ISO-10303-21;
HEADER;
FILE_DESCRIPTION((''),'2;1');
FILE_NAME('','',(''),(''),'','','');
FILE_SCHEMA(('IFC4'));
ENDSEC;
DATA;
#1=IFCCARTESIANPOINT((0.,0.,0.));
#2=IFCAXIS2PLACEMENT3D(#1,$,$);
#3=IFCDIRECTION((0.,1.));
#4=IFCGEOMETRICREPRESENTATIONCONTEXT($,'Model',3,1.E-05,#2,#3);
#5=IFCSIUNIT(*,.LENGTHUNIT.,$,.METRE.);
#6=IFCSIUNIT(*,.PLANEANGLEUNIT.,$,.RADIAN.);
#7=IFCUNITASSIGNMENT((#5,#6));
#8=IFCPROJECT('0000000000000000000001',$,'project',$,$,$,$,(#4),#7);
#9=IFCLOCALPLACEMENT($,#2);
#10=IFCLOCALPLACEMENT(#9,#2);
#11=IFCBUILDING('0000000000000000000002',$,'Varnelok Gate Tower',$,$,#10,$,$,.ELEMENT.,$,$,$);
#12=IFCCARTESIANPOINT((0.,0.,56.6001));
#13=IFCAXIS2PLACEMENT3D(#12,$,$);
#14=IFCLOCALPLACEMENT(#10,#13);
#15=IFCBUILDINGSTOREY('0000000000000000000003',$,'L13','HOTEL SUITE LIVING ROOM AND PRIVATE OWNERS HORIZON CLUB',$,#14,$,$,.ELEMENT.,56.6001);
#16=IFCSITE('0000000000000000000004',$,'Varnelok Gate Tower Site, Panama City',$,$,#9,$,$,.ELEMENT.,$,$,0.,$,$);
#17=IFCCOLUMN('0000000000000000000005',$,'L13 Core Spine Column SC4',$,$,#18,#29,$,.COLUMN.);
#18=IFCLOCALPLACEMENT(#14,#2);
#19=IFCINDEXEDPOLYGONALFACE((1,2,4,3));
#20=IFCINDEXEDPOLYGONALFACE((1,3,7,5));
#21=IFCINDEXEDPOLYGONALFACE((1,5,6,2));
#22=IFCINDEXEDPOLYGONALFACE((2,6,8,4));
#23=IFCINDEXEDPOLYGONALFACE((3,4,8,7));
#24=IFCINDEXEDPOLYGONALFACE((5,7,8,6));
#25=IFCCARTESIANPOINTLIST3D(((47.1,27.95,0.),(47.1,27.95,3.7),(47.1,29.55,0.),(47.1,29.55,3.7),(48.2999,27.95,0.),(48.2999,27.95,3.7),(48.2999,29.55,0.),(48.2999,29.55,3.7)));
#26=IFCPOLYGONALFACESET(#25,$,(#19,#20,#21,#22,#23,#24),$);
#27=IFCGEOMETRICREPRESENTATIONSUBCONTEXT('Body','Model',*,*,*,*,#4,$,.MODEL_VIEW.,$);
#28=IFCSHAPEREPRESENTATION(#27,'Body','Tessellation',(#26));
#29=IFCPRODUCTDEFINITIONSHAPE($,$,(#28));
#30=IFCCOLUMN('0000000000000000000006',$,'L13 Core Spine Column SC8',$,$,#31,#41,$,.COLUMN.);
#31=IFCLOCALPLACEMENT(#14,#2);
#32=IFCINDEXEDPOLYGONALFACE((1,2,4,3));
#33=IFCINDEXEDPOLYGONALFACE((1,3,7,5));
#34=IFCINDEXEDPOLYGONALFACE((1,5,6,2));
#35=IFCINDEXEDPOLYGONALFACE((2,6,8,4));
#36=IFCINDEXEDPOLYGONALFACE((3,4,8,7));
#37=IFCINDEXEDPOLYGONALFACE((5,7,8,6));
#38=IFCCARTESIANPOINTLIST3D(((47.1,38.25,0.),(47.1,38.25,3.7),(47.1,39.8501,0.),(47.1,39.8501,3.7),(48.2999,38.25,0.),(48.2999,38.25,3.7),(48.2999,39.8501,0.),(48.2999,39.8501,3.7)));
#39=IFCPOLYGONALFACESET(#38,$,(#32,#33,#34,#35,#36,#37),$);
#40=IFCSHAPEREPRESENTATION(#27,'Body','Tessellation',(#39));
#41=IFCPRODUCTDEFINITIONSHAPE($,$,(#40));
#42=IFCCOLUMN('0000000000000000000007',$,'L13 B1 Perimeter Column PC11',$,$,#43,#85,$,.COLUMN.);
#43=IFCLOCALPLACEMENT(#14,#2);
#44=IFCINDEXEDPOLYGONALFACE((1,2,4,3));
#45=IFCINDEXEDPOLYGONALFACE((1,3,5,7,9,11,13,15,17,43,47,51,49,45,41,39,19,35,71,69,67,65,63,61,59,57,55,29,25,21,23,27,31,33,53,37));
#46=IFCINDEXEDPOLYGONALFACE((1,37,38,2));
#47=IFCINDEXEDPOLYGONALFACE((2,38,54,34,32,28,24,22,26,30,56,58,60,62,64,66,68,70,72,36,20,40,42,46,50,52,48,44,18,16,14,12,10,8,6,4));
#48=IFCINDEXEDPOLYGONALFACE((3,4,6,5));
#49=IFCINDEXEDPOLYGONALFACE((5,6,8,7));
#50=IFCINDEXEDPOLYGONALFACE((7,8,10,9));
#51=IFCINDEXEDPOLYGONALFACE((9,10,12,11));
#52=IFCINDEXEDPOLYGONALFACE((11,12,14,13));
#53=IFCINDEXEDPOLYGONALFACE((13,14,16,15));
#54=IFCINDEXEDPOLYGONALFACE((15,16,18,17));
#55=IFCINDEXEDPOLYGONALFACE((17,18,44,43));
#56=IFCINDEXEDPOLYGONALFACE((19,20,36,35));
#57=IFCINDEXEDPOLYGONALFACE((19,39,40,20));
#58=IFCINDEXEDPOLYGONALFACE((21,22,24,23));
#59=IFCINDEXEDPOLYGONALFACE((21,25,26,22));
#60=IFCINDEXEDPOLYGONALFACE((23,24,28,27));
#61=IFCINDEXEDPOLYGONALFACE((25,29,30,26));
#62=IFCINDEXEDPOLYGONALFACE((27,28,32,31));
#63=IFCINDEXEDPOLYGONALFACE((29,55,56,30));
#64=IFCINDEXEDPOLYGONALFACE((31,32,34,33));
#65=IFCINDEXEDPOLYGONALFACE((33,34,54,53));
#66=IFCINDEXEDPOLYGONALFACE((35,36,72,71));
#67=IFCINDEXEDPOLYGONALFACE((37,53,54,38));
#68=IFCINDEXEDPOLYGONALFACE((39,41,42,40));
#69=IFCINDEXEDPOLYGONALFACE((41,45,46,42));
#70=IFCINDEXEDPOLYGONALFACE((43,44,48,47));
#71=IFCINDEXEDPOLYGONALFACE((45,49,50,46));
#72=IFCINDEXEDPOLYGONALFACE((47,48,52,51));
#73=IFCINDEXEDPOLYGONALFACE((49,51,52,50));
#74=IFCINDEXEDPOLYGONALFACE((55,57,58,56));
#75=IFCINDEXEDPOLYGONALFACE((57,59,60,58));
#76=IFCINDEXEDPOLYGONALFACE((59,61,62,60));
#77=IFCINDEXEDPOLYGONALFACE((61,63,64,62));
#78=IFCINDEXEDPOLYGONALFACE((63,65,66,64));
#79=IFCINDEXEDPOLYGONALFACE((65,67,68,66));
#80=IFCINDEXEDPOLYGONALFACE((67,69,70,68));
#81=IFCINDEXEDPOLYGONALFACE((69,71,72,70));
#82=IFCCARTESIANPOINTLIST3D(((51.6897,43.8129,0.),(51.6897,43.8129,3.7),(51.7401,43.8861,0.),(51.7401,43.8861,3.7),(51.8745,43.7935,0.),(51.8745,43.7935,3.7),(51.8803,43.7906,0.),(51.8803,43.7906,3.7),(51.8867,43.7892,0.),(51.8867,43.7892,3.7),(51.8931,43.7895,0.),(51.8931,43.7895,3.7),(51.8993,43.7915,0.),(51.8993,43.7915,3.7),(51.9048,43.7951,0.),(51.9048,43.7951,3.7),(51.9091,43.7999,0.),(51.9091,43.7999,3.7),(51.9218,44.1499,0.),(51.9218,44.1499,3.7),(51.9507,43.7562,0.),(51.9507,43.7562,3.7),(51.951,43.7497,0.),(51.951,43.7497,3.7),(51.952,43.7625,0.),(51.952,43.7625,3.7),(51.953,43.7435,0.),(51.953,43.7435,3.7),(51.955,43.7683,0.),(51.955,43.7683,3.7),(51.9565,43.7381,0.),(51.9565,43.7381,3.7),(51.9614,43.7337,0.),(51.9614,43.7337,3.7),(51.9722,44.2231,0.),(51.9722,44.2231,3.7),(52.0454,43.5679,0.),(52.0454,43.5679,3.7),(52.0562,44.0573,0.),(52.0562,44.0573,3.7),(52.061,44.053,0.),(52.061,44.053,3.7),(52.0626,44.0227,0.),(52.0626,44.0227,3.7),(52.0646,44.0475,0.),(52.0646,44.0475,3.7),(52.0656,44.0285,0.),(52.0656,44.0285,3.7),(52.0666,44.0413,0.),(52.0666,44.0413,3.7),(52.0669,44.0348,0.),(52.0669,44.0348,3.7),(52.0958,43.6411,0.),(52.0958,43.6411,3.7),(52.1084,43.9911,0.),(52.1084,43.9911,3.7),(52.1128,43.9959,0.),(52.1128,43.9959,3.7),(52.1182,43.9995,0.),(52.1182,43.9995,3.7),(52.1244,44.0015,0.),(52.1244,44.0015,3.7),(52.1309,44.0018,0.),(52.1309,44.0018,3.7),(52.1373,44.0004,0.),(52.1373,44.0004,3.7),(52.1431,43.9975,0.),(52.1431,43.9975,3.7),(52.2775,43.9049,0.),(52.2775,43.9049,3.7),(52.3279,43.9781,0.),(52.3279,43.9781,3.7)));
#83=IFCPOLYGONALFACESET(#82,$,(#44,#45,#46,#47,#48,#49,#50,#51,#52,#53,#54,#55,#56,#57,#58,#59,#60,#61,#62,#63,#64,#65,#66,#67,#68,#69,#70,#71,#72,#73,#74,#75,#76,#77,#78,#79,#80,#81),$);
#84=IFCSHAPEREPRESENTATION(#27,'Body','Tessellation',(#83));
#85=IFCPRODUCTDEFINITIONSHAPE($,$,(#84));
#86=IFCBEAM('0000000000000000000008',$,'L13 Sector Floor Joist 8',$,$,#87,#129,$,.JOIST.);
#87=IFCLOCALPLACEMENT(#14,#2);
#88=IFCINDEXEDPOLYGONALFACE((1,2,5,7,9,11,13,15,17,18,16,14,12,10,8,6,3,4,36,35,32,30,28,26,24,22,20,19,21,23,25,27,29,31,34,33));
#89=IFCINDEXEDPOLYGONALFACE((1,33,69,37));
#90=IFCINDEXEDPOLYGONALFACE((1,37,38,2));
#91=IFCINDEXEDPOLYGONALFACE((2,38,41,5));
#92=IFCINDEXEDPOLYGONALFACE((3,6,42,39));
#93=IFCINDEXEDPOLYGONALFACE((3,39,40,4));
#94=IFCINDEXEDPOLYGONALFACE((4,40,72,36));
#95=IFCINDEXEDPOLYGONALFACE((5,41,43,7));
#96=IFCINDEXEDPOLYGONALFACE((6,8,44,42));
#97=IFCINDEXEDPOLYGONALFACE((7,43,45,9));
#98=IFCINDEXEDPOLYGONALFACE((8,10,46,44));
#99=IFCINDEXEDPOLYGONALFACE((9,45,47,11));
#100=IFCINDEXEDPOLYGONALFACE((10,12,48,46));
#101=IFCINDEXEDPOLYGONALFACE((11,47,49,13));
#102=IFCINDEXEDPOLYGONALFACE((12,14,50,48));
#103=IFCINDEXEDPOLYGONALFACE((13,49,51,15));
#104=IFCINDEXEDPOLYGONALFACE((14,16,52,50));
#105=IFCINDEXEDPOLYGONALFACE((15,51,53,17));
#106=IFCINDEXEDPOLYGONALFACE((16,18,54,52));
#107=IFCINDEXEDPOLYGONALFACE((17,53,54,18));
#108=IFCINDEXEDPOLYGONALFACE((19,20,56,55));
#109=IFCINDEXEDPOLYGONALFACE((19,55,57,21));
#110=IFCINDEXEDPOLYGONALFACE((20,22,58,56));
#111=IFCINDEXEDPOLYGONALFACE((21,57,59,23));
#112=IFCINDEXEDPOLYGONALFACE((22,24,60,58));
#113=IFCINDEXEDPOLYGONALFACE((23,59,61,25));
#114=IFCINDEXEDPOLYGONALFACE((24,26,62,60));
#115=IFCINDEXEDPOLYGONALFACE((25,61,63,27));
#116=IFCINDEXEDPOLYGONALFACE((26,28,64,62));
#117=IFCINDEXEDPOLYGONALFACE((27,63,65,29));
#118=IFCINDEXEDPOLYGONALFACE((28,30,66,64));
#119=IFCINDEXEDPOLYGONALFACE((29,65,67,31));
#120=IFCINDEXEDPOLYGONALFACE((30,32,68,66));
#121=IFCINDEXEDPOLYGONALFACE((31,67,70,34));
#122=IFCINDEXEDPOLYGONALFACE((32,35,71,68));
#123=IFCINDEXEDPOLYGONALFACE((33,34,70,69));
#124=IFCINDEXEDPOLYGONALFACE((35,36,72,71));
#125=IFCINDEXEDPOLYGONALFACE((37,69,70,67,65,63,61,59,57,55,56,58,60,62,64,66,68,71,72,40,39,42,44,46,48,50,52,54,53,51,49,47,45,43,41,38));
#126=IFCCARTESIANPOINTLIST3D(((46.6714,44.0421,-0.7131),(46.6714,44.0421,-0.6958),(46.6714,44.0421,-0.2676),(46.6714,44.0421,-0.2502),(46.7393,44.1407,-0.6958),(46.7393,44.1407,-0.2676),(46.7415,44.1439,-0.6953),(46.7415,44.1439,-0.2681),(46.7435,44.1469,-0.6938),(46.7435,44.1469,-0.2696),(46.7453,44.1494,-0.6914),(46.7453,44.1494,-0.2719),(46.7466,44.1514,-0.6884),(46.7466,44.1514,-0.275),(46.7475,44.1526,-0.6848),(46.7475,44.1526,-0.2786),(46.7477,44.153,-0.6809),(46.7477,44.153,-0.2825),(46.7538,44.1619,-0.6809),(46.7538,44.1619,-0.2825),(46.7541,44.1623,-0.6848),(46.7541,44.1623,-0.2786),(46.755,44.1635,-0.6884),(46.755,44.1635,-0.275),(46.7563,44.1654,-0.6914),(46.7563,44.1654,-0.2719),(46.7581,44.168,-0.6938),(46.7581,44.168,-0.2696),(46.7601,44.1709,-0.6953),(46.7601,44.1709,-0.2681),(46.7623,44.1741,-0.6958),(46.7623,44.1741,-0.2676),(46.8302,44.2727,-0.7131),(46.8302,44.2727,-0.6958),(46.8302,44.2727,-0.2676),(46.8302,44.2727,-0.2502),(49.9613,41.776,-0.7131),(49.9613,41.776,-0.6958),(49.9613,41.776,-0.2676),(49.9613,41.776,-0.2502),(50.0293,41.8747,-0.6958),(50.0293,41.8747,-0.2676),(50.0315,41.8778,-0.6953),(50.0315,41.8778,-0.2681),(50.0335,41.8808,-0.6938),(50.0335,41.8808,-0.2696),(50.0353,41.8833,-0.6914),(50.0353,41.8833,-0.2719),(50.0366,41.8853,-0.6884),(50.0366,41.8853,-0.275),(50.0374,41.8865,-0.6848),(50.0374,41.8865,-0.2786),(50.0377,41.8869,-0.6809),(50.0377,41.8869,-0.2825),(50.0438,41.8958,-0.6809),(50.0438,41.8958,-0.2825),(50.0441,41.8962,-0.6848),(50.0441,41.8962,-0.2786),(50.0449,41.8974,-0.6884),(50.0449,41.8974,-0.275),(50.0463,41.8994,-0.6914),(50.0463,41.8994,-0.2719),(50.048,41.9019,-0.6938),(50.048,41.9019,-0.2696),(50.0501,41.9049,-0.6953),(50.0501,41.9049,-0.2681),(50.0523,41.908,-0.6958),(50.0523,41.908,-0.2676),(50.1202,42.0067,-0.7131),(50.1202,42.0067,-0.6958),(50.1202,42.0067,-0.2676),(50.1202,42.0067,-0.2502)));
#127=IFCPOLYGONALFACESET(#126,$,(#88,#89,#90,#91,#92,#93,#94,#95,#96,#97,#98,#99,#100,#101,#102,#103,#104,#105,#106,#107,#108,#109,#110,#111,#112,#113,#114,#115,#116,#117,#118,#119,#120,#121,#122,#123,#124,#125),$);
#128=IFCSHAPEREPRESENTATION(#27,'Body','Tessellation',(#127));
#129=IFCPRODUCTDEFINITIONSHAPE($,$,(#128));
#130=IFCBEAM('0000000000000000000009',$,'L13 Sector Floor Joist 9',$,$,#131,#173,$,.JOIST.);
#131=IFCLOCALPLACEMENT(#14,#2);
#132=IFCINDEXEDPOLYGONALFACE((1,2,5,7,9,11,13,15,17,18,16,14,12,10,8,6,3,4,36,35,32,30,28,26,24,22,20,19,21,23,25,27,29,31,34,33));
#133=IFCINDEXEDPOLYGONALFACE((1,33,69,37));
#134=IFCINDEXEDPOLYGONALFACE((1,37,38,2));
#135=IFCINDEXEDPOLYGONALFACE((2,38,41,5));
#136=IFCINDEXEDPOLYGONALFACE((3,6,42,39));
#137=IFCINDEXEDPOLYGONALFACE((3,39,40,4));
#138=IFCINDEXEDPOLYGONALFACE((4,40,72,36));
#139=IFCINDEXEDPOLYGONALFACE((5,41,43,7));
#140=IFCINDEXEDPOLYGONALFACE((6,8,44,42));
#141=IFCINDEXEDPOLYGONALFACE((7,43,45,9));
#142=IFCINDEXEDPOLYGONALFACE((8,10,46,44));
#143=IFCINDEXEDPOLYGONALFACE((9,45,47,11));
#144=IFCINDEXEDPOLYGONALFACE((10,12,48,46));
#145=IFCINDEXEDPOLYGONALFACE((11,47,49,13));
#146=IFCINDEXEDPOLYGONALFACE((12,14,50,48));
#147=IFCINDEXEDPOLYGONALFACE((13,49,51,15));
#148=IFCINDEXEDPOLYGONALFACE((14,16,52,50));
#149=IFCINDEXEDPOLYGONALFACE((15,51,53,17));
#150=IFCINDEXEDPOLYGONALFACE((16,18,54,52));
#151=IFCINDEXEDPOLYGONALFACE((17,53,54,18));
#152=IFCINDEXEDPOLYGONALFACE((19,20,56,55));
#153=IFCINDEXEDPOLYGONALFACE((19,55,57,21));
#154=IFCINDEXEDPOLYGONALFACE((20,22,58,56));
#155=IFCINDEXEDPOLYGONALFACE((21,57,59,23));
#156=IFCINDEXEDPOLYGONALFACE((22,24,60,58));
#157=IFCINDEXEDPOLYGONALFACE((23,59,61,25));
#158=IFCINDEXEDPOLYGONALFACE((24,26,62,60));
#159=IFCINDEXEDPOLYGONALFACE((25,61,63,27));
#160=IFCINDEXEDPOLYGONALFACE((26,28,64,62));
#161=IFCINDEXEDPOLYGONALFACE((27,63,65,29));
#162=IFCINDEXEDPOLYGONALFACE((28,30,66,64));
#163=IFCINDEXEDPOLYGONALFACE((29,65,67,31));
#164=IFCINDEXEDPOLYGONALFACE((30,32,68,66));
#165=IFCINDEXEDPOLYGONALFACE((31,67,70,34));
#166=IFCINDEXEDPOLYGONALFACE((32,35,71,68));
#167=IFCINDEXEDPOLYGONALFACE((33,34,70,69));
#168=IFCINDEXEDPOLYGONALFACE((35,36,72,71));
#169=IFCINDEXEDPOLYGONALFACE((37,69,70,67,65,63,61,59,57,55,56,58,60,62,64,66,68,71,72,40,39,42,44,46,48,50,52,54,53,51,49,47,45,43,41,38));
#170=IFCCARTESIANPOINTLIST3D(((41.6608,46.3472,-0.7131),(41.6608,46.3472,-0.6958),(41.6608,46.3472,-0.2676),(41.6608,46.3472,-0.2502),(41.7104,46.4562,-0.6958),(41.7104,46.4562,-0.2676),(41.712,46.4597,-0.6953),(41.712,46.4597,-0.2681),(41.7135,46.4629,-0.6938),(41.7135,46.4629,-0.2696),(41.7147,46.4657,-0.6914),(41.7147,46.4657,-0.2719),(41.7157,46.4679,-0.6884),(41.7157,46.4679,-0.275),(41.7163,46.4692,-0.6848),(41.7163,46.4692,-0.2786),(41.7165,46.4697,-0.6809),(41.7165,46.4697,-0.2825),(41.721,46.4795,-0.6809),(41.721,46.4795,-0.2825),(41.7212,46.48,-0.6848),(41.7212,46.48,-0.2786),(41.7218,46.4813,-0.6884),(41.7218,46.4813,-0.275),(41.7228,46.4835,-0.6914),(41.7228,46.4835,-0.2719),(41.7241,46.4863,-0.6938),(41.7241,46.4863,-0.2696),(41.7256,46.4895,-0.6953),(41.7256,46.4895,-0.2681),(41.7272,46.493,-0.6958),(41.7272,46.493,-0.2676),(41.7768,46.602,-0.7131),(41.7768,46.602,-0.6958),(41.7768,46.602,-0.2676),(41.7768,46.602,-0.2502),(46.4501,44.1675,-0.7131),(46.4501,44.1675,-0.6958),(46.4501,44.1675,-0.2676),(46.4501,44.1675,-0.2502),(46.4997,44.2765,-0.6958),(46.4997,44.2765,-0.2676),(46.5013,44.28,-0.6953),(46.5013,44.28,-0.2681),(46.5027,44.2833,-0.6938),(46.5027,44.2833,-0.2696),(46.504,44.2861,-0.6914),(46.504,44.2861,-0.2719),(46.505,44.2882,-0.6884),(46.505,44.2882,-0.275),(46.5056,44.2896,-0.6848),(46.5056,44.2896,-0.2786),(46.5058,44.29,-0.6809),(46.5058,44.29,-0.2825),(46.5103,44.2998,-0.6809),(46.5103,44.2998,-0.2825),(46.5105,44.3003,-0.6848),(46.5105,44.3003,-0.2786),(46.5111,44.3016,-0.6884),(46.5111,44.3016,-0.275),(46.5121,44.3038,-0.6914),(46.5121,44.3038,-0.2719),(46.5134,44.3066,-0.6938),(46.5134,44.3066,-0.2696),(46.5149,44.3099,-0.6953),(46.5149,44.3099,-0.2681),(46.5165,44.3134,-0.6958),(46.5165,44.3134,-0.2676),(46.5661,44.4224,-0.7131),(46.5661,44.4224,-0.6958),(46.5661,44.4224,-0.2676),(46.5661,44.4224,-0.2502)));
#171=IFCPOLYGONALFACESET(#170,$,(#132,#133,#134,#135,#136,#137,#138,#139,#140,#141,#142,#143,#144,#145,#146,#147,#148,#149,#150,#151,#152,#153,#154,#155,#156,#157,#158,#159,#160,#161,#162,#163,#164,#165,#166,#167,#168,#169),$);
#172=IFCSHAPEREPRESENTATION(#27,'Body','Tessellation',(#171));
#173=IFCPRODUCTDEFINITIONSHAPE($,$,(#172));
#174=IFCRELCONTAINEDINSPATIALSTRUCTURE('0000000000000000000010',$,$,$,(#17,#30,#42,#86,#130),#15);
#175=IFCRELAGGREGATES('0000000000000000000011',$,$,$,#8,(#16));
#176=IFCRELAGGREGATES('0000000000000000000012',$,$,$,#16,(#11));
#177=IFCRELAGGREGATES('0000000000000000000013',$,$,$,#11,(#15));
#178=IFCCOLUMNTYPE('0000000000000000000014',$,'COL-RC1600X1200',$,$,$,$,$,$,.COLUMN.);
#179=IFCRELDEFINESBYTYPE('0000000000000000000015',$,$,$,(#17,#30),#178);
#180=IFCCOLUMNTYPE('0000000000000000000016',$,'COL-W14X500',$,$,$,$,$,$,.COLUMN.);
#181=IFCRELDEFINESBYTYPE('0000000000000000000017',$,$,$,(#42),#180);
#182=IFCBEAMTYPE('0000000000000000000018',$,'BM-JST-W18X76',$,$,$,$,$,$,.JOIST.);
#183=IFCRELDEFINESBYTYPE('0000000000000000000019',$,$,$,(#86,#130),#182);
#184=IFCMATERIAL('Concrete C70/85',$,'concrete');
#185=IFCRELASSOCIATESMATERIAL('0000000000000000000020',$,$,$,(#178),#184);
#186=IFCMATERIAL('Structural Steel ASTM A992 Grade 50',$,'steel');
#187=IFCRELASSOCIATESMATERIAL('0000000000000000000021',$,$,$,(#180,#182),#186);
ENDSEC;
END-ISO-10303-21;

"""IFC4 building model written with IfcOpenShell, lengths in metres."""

from ifc_helpers import new_model, si_unit, direction, frame, origin, origin_2d, place, context, subcontext, project, spatial, rectangle, i_section, extrude, material, material_profile, profile_set, type_object, element, save


model = new_model("IFC4")

# Units and contexts
model_context = context("Model", 3, precision=1e-05, world=origin(), true_north=direction((0.0, 1.0)))
body_context = subcontext(model_context, "Body", "Model", "MODEL_VIEW")
ifc_project = project(units=[si_unit("LENGTHUNIT", "METRE"), si_unit("PLANEANGLEUNIT", "RADIAN")], contexts=[model_context])

# Site, building, storey
site_placement = place(None, origin())
site = spatial("IfcSite", under=ifc_project, at=site_placement, Name="Varnelok Gate Tower Site, Panama City", CompositionType="ELEMENT", RefElevation=0.0)
building_placement = place(site_placement, origin())
building = spatial("IfcBuilding", under=site, at=building_placement, Name="Varnelok Gate Tower", CompositionType="ELEMENT")
storey_placement = place(building_placement, frame((0.0, 0.0, 56.6001)))
storey = spatial("IfcBuildingStorey", under=building, at=storey_placement, Name="L13", Description="HOTEL SUITE LIVING ROOM AND PRIVATE OWNERS HORIZON CLUB", CompositionType="ELEMENT", Elevation=56.6001)

# Columns
ifc_material_1 = material(Name="Concrete C70/85", Category="concrete")
ifc_material_profile_1 = material_profile(ifc_material_1, rectangle(XDim=1.2, YDim=1.6001, at=origin_2d()), Name="RC1600X1200")
ifc_profile_set_1 = profile_set([ifc_material_profile_1], Name="Concrete C70/85")
column_type_1 = type_object("IfcColumnType", Name="COL-RC1600X1200", PredefinedType="COLUMN", material=ifc_profile_set_1)
for number, where, z_axis, x_axis, name in (
    (1, (47.7, 28.75, 0.0), (0.0, 0.0, 1.0), (1.0, 0.0, 0.0), "L13 Core Spine Column SC4"),
    (2, (47.7, 39.05, 0.0), (0.0, 0.0, 1.0), (1.0, 0.0, 0.0), "L13 Core Spine Column SC8"),
):
    element("IfcColumn", number, at=place(storey_placement, frame(where, z_axis=z_axis, x_axis=x_axis)), inside=storey, type_object=column_type_1, Name=name, PredefinedType="COLUMN", context=body_context, shape_type="SweptSolid", body=[
        extrude(rectangle(XDim=1.2, YDim=1.6001, at=origin_2d()), origin(), (0.0, 0.0, 1.0), 3.7),
    ])
ifc_material_2 = material(Name="Structural Steel ASTM A992 Grade 50", Category="steel")
ifc_material_profile_2 = material_profile(ifc_material_2, i_section(OverallWidth=0.4319, OverallDepth=0.498, WebThickness=0.0557, FlangeThickness=0.0889, FilletRadius=0.0249, at=origin_2d()), Name="W14X500")
ifc_profile_set_2 = profile_set([ifc_material_profile_2], Name="Structural Steel ASTM A992 Grade 50")
column_type_2 = type_object("IfcColumnType", Name="COL-W14X500", PredefinedType="COLUMN", material=ifc_profile_set_2)
column_placement = place(storey_placement, frame((52.0088, 43.8955, 0.0), z_axis=(0.0, 0.0, 1.0), x_axis=(0.823533, -0.567269, 0.0)))
element("IfcColumn", 3, at=column_placement, inside=storey, type_object=column_type_2, Name="L13 B1 Perimeter Column PC11", PredefinedType="COLUMN", context=body_context, shape_type="SweptSolid", body=[
    extrude(i_section(OverallWidth=0.4319, OverallDepth=0.498, WebThickness=0.0557, FlangeThickness=0.0889, FilletRadius=0.0249, at=origin_2d()), origin(), (0.0, 0.0, 1.0), 3.7),
])

# Beams
ifc_material_profile_3 = material_profile(ifc_material_2, i_section(OverallWidth=0.28, OverallDepth=0.4629, WebThickness=0.0107, FlangeThickness=0.0173, FilletRadius=0.0149, at=origin_2d()), Name="W18X76")
ifc_profile_set_3 = profile_set([ifc_material_profile_3], Name="Structural Steel ASTM A992 Grade 50")
beam_type_1 = type_object("IfcBeamType", Name="BM-JST-W18X76", PredefinedType="JOIST", material=ifc_profile_set_3)
beam_1_placement = place(storey_placement, frame((50.0408, 41.8914, -0.4817), z_axis=(-0.823549, 0.567244, 0.0), x_axis=(-0.567244, -0.823549, 0.0)))
element("IfcBeam", 4, at=beam_1_placement, inside=storey, type_object=beam_type_1, Name="L13 Sector Floor Joist 8", PredefinedType="JOIST", context=body_context, shape_type="SweptSolid", body=[
    extrude(i_section(OverallWidth=0.28, OverallDepth=0.4629, WebThickness=0.0107, FlangeThickness=0.0173, FilletRadius=0.0149, at=origin_2d()), origin(), (0.0, 0.0, 1.0), 3.9949),
])
beam_2_placement = place(storey_placement, frame((46.5081, 44.2949, -0.4817), z_axis=(-0.910171, 0.414233, 0.0), x_axis=(-0.414233, -0.910171, 0.0)))
element("IfcBeam", 5, at=beam_2_placement, inside=storey, type_object=beam_type_1, Name="L13 Sector Floor Joist 9", PredefinedType="JOIST", context=body_context, shape_type="SweptSolid", body=[
    extrude(i_section(OverallWidth=0.28, OverallDepth=0.4629, WebThickness=0.0107, FlangeThickness=0.0173, FilletRadius=0.0149, at=origin_2d()), origin(), (0.0, 0.0, 1.0), 5.262),
])

save(model, "model.ifc")
